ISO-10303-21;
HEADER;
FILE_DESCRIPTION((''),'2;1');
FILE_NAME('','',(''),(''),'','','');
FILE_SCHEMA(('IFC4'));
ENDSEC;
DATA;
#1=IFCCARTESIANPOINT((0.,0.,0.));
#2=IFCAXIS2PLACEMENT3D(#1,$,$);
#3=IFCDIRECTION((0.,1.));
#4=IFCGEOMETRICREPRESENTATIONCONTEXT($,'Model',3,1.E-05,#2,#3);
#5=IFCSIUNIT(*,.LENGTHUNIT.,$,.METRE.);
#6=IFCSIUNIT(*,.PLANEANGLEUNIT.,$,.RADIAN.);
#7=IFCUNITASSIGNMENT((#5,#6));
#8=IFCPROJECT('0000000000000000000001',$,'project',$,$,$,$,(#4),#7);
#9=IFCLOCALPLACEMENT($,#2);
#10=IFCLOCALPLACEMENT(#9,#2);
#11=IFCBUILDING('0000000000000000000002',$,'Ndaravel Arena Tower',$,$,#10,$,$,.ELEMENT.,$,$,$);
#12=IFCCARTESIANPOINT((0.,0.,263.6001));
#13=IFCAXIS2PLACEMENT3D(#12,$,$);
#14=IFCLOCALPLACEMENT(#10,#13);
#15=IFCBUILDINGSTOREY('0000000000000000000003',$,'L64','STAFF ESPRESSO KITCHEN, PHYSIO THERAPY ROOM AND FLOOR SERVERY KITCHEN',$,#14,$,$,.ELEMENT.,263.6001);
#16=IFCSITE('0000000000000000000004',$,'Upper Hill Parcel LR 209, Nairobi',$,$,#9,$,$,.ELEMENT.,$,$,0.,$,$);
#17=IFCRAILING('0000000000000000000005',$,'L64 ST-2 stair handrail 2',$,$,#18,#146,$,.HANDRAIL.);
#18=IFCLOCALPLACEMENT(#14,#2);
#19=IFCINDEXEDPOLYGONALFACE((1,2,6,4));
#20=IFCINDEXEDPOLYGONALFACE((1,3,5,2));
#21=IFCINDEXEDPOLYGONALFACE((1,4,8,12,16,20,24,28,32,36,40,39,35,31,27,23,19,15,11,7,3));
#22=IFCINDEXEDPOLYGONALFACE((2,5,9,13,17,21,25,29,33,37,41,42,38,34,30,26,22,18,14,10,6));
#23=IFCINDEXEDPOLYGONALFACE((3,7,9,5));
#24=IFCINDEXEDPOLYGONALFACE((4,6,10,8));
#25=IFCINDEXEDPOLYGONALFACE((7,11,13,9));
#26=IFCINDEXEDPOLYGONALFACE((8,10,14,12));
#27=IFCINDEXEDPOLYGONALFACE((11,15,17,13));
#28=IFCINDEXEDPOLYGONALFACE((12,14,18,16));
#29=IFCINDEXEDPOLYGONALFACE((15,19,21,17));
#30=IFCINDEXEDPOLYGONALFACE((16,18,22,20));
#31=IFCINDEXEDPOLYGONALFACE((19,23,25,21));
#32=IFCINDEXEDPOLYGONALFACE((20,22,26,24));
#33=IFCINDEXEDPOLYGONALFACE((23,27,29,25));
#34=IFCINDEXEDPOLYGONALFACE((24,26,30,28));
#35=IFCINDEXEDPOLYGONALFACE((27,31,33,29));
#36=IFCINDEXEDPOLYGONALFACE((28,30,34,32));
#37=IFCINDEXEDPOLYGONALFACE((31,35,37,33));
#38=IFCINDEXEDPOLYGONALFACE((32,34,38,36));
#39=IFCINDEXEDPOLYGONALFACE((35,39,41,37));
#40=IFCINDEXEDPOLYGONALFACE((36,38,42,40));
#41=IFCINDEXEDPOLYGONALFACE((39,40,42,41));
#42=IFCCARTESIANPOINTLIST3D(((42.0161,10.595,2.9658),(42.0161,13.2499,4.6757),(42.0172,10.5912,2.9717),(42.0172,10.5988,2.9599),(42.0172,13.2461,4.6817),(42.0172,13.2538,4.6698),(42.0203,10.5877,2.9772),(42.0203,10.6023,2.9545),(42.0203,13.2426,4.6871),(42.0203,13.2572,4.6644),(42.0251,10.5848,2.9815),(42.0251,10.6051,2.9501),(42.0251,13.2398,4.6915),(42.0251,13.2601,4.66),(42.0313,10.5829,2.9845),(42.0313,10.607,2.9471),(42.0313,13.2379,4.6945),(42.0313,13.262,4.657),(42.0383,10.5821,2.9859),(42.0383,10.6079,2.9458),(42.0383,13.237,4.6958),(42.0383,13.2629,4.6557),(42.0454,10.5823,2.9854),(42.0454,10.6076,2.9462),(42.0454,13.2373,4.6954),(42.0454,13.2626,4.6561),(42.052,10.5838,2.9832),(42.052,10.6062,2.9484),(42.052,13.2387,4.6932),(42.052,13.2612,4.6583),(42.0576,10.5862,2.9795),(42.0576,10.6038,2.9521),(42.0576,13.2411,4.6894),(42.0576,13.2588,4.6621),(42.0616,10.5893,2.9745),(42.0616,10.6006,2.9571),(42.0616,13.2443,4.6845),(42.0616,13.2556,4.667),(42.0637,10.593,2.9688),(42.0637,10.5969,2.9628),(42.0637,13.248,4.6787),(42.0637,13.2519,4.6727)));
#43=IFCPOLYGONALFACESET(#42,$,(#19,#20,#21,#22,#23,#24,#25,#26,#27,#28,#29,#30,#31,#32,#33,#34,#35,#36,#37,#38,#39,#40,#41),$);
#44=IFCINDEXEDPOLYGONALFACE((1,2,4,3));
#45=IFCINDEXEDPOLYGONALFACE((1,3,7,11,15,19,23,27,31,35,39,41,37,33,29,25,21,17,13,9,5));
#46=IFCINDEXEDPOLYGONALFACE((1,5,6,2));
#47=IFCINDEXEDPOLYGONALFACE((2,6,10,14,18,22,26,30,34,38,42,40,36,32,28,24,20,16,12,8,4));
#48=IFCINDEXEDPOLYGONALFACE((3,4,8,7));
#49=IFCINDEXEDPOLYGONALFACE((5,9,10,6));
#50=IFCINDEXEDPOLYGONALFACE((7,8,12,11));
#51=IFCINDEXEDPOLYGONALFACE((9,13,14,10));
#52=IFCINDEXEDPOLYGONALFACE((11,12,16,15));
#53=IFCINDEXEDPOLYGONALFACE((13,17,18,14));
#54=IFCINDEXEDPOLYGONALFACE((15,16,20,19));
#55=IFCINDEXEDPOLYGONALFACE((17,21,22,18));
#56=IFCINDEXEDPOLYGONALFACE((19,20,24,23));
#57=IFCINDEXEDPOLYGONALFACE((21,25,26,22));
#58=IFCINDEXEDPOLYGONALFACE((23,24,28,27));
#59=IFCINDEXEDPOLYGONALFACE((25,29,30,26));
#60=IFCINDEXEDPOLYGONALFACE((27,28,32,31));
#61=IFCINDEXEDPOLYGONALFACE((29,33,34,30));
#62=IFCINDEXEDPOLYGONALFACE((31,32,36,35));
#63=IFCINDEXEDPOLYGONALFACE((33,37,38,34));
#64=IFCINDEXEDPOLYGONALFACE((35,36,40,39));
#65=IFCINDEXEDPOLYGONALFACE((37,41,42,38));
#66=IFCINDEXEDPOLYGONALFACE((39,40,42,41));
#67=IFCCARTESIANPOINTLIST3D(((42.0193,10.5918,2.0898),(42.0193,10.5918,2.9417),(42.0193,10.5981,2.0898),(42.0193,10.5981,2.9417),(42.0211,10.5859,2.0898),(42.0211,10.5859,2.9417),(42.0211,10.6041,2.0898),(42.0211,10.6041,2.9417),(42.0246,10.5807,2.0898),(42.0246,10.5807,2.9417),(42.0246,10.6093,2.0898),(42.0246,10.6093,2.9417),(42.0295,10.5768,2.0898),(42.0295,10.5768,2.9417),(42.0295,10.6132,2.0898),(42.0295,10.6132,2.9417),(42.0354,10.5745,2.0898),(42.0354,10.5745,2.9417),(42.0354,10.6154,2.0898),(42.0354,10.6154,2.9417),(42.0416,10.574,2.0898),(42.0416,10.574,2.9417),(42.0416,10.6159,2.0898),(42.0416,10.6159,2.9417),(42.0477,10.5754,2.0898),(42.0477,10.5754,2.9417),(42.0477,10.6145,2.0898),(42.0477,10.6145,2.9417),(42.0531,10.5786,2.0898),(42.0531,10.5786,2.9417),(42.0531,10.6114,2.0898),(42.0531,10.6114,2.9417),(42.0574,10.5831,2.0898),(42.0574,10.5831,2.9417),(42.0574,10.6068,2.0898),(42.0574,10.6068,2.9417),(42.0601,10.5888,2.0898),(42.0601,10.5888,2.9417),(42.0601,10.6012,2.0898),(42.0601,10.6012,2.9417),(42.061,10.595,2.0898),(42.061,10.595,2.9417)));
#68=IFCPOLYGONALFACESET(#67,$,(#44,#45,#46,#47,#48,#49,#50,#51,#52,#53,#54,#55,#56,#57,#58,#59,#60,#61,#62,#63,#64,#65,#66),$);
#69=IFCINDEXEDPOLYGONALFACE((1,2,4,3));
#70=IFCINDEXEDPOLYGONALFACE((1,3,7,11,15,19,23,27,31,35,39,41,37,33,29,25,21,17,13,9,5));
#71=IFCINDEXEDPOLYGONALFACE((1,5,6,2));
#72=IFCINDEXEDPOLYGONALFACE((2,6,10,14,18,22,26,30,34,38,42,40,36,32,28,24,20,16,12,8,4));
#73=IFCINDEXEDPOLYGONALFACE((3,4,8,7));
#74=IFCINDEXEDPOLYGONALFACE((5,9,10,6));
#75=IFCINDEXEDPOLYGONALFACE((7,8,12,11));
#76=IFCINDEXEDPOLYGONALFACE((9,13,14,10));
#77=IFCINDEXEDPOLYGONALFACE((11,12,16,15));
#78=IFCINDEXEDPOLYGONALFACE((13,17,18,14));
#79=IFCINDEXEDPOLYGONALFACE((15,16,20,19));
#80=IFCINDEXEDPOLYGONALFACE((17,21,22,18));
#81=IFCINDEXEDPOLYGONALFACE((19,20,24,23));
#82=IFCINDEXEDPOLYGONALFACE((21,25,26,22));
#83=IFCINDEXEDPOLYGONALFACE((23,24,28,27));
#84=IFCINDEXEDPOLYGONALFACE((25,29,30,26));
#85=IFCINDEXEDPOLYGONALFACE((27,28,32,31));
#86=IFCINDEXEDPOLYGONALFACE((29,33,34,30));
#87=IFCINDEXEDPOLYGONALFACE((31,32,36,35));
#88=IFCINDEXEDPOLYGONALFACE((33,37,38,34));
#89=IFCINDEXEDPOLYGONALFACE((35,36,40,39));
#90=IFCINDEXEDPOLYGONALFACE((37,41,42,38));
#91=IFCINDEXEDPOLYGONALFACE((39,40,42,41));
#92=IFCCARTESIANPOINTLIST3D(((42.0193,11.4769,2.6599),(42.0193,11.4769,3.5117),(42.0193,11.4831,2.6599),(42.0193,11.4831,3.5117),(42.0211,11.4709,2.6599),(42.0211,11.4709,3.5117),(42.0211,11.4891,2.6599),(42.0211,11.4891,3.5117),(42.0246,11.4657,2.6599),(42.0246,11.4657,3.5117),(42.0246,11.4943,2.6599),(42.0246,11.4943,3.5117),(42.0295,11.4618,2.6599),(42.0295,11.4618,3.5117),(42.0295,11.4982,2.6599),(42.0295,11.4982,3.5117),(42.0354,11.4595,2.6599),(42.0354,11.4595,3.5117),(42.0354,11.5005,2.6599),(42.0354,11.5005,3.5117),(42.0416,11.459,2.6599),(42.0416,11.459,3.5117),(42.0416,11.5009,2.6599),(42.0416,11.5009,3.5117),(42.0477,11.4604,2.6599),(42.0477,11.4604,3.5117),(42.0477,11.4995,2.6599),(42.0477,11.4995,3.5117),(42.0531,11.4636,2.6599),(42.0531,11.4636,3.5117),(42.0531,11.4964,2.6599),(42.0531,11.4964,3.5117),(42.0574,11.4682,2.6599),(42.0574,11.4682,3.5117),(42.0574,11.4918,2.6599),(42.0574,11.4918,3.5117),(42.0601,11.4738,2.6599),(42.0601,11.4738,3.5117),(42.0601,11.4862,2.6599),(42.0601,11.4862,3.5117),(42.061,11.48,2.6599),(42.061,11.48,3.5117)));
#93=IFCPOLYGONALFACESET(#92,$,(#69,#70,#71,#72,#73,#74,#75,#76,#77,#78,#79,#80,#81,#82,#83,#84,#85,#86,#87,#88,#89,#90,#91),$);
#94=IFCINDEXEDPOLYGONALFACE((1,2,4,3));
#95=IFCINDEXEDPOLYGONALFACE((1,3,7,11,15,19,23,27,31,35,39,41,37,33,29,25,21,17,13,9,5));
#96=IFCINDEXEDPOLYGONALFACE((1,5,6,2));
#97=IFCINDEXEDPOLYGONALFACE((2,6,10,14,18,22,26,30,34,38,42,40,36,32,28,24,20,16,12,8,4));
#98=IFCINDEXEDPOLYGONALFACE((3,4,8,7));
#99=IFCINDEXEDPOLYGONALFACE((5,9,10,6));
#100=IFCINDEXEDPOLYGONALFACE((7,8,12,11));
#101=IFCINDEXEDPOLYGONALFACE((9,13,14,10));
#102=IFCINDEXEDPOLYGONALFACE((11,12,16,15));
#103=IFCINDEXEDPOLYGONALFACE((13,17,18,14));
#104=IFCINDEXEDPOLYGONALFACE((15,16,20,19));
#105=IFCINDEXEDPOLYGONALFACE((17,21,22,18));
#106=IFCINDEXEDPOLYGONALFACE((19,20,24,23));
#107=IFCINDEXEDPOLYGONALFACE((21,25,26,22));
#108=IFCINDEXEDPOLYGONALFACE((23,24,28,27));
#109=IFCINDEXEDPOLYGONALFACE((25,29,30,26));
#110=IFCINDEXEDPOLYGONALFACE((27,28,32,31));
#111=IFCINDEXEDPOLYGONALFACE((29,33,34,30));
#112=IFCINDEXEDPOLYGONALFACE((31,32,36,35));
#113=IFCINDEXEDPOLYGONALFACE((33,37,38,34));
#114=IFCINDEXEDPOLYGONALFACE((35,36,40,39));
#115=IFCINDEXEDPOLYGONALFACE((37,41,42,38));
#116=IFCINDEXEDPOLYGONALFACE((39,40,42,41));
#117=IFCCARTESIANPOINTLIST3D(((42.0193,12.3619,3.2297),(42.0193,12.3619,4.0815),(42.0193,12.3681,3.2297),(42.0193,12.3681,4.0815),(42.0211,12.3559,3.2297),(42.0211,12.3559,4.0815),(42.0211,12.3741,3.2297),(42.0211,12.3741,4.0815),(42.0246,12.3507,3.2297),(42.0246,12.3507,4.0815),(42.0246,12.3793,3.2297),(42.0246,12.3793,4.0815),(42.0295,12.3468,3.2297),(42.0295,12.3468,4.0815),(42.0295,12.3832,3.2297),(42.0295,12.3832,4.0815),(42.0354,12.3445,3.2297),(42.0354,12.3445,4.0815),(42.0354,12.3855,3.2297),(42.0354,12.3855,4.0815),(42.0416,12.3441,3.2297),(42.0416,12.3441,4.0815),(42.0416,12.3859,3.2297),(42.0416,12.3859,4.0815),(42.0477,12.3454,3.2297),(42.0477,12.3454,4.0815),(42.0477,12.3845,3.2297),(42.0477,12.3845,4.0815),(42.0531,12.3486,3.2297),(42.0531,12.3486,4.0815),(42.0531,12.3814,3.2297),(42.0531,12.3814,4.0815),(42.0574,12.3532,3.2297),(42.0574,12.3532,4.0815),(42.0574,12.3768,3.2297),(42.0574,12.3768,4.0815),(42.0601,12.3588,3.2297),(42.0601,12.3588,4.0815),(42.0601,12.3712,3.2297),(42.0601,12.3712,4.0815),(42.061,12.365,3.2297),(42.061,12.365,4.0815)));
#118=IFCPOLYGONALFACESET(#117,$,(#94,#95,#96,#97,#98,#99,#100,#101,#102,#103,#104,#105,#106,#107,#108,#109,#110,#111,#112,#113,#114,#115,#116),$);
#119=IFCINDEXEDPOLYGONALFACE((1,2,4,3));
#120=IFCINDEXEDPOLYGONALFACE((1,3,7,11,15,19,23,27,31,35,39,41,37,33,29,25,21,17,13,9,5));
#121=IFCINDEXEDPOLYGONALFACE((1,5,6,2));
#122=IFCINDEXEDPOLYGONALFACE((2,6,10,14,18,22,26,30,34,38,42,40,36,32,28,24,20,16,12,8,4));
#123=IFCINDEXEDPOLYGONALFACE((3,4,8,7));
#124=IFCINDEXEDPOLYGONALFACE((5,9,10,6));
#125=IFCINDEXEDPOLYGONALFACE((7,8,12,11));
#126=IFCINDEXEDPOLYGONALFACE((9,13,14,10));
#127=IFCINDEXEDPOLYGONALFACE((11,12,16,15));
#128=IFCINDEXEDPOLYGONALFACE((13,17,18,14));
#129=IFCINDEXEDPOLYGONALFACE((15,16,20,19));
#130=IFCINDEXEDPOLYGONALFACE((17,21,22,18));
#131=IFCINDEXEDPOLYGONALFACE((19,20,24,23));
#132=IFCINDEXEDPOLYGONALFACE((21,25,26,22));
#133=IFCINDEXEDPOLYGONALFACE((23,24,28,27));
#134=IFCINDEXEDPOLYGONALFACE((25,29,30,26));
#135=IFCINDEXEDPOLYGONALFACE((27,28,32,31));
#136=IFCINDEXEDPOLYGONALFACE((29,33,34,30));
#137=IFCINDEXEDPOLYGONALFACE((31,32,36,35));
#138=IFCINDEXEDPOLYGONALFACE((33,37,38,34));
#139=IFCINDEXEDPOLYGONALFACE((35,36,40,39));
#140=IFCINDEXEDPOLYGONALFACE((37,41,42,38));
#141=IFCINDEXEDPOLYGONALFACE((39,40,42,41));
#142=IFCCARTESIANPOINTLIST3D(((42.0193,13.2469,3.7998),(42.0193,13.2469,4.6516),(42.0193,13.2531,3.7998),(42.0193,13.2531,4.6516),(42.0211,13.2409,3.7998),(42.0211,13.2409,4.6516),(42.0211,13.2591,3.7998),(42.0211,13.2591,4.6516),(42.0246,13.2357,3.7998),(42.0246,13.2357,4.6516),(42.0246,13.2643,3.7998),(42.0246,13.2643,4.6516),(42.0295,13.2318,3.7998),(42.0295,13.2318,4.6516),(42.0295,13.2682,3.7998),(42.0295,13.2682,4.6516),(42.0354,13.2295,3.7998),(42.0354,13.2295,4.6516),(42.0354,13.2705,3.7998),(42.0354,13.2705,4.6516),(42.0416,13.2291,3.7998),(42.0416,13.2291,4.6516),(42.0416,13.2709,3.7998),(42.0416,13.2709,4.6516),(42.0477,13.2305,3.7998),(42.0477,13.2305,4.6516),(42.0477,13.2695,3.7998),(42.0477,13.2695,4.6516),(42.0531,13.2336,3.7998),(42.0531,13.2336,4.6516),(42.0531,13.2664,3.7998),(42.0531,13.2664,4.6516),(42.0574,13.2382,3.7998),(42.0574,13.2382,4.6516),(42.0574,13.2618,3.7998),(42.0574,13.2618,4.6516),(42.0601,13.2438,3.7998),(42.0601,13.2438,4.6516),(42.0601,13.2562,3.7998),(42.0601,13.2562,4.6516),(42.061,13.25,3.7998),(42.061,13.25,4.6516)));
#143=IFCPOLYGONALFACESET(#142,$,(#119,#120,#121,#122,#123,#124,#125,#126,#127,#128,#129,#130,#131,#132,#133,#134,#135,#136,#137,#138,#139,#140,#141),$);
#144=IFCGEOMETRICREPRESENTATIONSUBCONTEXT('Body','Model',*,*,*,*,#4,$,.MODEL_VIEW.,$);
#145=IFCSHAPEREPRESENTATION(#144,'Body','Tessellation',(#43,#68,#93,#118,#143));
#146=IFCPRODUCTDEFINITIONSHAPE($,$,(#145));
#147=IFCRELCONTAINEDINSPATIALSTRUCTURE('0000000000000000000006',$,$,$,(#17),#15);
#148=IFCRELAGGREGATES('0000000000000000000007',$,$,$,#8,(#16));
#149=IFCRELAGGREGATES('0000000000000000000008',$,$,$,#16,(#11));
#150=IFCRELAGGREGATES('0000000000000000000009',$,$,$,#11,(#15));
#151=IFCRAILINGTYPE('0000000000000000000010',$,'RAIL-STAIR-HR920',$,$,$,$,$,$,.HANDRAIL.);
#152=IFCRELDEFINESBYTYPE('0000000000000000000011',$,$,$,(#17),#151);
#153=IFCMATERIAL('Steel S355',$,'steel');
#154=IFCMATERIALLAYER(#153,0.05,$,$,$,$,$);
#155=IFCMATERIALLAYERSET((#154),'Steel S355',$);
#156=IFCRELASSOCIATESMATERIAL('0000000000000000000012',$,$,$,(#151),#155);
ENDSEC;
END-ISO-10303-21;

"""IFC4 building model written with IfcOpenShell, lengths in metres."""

from ifc_helpers import new_model, si_unit, direction, frame, origin, origin_2d, place, context, subcontext, project, spatial, circle, extrude, material, layer, layer_set, type_object, element, save


model = new_model("IFC4")

# Units and contexts
model_context = context("Model", 3, precision=1e-05, world=origin(), true_north=direction((0.0, 1.0)))
body_context = subcontext(model_context, "Body", "Model", "MODEL_VIEW")
ifc_project = project(units=[si_unit("LENGTHUNIT", "METRE"), si_unit("PLANEANGLEUNIT", "RADIAN")], contexts=[model_context])

# Site, building, storey
site_placement = place(None, origin())
site = spatial("IfcSite", under=ifc_project, at=site_placement, Name="Upper Hill Parcel LR 209, Nairobi", CompositionType="ELEMENT", RefElevation=0.0)
building_placement = place(site_placement, origin())
building = spatial("IfcBuilding", under=site, at=building_placement, Name="Ndaravel Arena Tower", CompositionType="ELEMENT")
storey_placement = place(building_placement, frame((0.0, 0.0, 263.6001)))
storey = spatial("IfcBuildingStorey", under=building, at=storey_placement, Name="L64", Description="STAFF ESPRESSO KITCHEN, PHYSIO THERAPY ROOM AND FLOOR SERVERY KITCHEN", CompositionType="ELEMENT", Elevation=263.6001)

# Railing
ifc_material_1 = material(Name="Steel S355", Category="steel")
ifc_layer_1 = layer(ifc_material_1, 0.05)
ifc_layer_set_1 = layer_set([ifc_layer_1], Name="Steel S355")
railing_type = type_object("IfcRailingType", Name="RAIL-STAIR-HR920", PredefinedType="HANDRAIL", material=ifc_layer_set_1)
railing_placement = place(storey_placement, frame((42.04, 10.595, 2.0898)))
element("IfcRailing", 1, at=railing_placement, inside=storey, type_object=railing_type, Name="L64 ST-2 stair handrail 2", PredefinedType="HANDRAIL", context=body_context, shape_type="SweptSolid", body=[
    extrude(circle(Radius=0.0239, at=origin_2d()), frame((0.0, 0.0, 0.876), z_axis=(0.0, 0.840724, 0.541465), x_axis=(-1.0, 0.0, 0.0)), (0.0, 0.0, 1.0), 3.158),
    extrude(circle(Radius=0.021, at=origin_2d()), origin(), (0.0, 0.0, 1.0), 0.8518),
    extrude(circle(Radius=0.021, at=origin_2d()), frame((0.0, 0.885, 0.5701)), (0.0, 0.0, 1.0), 0.8518),
    extrude(circle(Radius=0.021, at=origin_2d()), frame((0.0, 1.77, 1.1399)), (0.0, 0.0, 1.0), 0.8518),
    extrude(circle(Radius=0.021, at=origin_2d()), frame((0.0, 2.655, 1.71)), (0.0, 0.0, 1.0), 0.8518),
])

save(model, "model.ifc")
